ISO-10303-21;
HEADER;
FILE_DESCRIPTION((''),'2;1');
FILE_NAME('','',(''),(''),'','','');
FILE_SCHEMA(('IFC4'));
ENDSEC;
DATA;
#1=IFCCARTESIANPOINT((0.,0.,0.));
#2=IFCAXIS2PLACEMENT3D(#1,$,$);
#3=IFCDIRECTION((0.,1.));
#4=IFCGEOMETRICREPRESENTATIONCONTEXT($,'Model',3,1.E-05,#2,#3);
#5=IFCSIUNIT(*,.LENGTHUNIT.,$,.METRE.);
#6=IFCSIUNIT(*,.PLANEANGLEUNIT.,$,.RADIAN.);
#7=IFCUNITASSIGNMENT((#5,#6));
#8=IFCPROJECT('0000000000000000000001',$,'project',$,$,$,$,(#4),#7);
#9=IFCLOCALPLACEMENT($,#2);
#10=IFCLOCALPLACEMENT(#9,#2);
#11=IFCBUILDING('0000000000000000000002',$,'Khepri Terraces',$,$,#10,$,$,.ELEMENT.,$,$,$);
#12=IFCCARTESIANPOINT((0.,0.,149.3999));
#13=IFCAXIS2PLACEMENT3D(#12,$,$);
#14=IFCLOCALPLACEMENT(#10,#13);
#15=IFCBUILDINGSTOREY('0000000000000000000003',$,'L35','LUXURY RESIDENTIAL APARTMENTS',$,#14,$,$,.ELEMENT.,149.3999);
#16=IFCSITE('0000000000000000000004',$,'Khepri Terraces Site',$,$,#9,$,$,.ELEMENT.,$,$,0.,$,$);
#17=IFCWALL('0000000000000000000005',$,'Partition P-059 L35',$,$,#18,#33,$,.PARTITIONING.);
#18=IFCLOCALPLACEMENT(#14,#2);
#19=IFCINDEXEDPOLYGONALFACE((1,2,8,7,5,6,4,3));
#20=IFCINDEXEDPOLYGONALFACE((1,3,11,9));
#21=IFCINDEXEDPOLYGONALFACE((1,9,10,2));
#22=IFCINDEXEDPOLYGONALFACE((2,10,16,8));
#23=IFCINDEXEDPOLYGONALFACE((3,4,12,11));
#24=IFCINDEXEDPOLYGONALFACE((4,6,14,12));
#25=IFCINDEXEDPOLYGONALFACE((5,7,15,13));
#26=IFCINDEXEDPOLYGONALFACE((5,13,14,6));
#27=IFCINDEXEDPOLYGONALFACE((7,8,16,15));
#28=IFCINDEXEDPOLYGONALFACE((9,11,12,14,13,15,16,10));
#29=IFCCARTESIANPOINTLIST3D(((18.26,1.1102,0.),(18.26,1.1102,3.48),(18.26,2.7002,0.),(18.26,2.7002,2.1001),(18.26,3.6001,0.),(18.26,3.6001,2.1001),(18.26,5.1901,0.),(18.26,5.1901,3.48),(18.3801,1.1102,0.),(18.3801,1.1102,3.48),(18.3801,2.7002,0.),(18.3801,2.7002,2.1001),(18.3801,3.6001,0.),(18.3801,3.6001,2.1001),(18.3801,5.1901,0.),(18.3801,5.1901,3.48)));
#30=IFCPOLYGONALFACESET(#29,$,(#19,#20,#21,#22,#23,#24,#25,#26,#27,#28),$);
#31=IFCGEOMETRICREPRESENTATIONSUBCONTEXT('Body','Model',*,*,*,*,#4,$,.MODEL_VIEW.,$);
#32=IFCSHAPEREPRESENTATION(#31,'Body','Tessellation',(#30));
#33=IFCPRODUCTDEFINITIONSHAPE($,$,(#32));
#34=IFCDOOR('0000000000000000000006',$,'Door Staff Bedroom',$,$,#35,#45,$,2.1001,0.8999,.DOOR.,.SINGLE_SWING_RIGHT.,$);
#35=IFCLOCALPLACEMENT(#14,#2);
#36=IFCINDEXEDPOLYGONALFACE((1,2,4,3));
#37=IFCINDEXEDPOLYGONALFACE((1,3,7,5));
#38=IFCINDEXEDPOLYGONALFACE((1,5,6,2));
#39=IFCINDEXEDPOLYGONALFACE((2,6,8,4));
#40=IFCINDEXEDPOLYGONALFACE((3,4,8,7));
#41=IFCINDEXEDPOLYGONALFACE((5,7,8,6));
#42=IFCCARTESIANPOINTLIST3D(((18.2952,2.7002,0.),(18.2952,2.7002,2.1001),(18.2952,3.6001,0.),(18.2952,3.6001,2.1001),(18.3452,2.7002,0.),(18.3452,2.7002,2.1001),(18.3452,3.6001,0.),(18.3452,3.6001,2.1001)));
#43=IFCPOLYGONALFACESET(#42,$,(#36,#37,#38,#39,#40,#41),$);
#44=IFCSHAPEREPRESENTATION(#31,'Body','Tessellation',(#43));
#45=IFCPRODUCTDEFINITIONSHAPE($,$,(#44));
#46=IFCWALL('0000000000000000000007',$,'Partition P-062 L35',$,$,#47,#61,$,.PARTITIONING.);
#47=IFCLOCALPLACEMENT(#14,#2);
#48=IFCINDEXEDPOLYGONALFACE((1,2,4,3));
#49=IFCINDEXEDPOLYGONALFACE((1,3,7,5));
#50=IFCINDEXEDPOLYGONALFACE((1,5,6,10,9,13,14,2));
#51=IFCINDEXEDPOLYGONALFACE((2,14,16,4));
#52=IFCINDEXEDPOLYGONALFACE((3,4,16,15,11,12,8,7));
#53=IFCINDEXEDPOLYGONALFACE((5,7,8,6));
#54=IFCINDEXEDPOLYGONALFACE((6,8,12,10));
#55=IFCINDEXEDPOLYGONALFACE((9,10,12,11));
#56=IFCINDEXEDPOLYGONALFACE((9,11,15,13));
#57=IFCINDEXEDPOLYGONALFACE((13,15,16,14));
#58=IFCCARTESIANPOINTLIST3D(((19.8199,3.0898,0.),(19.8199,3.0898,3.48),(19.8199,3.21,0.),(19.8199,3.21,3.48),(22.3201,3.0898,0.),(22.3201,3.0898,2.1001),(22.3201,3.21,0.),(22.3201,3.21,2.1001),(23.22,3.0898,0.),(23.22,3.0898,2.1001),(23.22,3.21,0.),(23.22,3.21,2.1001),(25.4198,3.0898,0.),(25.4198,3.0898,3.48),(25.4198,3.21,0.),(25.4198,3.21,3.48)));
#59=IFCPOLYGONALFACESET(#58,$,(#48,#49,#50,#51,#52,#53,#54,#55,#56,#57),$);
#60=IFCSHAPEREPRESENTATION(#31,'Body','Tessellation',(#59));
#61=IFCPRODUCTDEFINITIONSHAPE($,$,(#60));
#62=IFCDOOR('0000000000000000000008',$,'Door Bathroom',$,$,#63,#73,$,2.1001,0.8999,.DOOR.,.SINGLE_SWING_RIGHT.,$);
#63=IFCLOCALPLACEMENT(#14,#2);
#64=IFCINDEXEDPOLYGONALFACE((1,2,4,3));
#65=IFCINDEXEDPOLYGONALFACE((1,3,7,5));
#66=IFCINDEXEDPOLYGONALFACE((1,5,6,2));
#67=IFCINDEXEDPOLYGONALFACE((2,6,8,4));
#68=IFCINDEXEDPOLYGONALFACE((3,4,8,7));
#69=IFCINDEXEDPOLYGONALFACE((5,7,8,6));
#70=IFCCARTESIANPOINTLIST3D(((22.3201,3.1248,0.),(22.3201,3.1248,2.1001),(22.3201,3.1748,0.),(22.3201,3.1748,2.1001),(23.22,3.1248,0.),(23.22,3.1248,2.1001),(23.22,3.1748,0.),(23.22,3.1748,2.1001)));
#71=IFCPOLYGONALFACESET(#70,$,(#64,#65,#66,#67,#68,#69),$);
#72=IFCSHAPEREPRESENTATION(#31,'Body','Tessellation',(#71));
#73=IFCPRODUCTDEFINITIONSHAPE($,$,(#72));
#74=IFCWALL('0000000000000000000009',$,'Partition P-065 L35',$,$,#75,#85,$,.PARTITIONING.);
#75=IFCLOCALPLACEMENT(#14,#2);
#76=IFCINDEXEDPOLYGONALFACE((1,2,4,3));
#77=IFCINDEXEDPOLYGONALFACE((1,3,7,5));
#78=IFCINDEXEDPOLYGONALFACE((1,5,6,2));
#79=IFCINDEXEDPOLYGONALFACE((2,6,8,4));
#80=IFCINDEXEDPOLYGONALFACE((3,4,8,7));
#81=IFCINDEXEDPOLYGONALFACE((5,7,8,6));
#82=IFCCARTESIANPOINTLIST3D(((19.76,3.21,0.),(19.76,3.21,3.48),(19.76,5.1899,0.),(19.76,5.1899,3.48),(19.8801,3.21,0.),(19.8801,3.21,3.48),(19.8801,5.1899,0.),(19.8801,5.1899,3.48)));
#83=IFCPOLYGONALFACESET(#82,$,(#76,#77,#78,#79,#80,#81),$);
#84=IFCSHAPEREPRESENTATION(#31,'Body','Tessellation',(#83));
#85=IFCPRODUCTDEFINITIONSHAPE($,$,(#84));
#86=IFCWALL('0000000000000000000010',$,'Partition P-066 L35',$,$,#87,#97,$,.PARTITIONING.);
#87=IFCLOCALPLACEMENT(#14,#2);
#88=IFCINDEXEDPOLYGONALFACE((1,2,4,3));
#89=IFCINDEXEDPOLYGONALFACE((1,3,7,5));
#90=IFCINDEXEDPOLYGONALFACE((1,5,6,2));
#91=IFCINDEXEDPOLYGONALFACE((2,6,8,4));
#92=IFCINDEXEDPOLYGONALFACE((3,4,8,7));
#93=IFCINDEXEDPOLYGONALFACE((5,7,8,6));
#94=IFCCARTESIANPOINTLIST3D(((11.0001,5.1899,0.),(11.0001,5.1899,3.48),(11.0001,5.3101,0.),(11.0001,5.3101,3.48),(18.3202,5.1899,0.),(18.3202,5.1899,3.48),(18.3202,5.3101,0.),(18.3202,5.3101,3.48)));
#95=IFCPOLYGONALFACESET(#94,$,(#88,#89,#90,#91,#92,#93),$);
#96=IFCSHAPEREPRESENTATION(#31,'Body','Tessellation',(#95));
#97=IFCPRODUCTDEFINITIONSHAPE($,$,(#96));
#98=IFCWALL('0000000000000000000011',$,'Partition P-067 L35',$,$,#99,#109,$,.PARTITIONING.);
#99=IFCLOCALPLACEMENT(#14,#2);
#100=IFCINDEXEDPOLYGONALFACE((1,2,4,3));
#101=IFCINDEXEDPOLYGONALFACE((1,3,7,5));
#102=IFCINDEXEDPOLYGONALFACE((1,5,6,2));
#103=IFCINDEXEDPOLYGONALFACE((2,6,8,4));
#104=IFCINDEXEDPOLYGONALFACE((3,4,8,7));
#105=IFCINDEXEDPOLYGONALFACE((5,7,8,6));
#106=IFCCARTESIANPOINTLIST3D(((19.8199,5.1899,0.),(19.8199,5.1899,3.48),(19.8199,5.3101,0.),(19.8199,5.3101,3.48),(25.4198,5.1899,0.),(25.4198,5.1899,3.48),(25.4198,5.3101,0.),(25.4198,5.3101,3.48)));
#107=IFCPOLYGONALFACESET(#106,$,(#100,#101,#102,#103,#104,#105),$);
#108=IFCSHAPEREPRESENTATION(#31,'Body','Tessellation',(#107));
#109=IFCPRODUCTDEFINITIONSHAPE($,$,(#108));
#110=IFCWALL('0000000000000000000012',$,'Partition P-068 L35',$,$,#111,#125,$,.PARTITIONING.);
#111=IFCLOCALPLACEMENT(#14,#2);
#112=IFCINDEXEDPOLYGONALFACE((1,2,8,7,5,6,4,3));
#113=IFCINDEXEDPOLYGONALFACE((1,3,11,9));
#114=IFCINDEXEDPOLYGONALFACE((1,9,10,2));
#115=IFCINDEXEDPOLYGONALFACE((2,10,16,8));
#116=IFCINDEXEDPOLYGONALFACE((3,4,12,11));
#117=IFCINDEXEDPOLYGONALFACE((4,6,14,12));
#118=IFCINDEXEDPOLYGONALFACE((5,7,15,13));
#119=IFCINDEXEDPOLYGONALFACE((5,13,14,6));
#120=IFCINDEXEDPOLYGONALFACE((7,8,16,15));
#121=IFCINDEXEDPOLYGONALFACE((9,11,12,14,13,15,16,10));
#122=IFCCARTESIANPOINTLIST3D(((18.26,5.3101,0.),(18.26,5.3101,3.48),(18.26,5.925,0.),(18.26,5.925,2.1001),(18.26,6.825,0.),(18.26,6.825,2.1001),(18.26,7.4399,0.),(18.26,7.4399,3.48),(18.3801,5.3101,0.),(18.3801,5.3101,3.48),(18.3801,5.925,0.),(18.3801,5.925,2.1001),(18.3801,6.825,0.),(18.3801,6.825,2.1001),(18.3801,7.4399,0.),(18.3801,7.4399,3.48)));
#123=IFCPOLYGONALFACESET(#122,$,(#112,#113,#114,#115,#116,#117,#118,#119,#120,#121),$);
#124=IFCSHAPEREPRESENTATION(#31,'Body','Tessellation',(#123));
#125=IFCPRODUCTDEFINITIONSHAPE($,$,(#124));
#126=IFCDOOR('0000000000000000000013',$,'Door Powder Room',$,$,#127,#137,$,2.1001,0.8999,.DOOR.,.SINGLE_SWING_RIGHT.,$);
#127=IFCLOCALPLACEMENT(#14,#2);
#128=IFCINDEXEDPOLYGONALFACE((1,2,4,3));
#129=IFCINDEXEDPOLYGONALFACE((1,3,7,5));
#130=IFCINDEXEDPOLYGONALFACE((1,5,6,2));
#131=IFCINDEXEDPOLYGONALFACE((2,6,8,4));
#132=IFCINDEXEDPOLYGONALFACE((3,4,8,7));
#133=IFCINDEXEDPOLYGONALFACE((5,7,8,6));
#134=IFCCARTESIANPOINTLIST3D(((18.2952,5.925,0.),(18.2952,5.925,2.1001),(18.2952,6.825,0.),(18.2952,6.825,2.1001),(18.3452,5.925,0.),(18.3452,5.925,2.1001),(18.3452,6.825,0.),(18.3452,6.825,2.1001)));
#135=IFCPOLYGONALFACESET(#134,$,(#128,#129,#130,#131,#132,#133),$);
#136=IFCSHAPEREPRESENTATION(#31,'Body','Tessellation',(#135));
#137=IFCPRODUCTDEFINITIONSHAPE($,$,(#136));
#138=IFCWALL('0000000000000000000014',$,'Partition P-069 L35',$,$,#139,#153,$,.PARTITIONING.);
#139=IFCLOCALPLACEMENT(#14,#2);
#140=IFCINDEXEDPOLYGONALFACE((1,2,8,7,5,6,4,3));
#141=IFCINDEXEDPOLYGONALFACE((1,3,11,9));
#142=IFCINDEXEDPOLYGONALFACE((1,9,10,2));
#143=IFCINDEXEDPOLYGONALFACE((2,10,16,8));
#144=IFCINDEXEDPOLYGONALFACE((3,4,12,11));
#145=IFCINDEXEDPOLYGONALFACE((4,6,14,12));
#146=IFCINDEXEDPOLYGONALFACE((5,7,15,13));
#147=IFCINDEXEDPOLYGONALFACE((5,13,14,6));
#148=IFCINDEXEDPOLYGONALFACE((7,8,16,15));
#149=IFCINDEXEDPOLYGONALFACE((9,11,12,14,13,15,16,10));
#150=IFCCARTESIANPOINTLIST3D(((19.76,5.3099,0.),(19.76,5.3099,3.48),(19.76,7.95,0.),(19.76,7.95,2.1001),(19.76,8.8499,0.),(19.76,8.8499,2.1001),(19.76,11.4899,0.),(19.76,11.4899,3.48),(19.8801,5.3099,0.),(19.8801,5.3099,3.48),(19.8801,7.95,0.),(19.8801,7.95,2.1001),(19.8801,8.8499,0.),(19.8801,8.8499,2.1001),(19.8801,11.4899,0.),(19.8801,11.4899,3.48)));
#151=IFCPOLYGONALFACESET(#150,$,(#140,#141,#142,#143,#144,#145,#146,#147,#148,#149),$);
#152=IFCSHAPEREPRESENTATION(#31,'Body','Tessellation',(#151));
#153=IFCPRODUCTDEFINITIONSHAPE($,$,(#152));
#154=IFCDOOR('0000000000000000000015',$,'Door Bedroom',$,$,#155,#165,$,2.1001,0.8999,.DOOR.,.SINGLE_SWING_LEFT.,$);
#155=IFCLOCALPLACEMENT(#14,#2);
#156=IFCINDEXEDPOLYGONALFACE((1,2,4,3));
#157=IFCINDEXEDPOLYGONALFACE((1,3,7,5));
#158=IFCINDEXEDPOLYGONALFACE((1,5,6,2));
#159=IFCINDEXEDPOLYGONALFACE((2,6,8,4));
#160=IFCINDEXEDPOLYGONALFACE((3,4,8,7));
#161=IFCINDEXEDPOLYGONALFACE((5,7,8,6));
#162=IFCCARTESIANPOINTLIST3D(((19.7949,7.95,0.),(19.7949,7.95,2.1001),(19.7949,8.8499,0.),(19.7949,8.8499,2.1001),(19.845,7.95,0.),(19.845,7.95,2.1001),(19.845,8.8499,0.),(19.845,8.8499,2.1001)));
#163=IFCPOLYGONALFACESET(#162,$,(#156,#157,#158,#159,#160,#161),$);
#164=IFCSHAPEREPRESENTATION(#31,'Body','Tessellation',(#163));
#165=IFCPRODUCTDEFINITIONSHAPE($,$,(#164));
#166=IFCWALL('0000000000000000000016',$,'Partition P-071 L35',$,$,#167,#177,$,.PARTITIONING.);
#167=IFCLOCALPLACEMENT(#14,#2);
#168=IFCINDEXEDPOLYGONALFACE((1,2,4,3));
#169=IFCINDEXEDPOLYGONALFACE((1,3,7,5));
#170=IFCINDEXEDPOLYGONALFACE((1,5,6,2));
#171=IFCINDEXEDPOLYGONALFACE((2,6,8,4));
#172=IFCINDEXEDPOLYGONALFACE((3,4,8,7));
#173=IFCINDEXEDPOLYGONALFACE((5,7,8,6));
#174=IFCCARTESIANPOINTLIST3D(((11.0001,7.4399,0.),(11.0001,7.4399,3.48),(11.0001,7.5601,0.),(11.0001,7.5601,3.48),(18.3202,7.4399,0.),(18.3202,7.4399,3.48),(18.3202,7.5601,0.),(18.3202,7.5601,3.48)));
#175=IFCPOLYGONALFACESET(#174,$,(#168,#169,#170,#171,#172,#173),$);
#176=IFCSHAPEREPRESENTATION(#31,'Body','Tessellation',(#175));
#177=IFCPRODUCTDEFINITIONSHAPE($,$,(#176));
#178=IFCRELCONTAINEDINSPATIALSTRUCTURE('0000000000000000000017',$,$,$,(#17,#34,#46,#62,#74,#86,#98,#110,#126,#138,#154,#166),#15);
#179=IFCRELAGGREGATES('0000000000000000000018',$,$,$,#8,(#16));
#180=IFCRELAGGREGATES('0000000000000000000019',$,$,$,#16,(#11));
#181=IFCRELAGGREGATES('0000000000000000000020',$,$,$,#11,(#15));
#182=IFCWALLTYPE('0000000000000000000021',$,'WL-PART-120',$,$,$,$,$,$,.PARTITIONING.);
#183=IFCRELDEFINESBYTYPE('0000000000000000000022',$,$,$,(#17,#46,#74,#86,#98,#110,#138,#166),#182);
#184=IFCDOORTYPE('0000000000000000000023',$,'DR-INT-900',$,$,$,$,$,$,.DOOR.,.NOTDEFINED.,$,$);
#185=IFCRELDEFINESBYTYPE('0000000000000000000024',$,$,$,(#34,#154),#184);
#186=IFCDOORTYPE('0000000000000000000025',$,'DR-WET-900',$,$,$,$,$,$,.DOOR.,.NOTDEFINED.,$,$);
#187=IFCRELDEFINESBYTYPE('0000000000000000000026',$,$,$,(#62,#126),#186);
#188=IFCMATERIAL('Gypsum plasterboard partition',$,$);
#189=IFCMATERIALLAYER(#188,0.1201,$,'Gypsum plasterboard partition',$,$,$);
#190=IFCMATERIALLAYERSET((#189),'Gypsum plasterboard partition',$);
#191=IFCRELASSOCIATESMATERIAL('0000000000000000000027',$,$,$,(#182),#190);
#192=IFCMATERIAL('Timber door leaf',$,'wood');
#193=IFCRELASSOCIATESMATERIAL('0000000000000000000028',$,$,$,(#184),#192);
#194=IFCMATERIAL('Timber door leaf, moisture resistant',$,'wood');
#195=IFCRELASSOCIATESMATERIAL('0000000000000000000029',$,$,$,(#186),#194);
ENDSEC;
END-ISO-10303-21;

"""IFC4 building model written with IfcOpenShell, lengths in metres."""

from ifc_helpers import new_model, si_unit, direction, frame, frame_2d, origin, place, context, subcontext, project, spatial, rectangle, extrude, material, layer, layer_set, type_object, element, fill, save


model = new_model("IFC4")

# Units and contexts
model_context = context("Model", 3, precision=1e-05, world=origin(), true_north=direction((0.0, 1.0)))
body_context = subcontext(model_context, "Body", "Model", "MODEL_VIEW")
ifc_project = project(units=[si_unit("LENGTHUNIT", "METRE"), si_unit("PLANEANGLEUNIT", "RADIAN")], contexts=[model_context])

# Site, building, storey
site_placement = place(None, origin())
site = spatial("IfcSite", under=ifc_project, at=site_placement, Name="Khepri Terraces Site", CompositionType="ELEMENT", RefElevation=0.0)
building_placement = place(site_placement, origin())
building = spatial("IfcBuilding", under=site, at=building_placement, Name="Khepri Terraces", CompositionType="ELEMENT")
storey_placement = place(building_placement, frame((0.0, 0.0, 149.3999)))
storey = spatial("IfcBuildingStorey", under=building, at=storey_placement, Name="L35", Description="LUXURY RESIDENTIAL APARTMENTS", CompositionType="ELEMENT", Elevation=149.3999)

# Shared definitions
ifc_material_1 = material(Name="Gypsum plasterboard partition")
ifc_layer_1 = layer(ifc_material_1, 0.1201, Name="Gypsum plasterboard partition")
ifc_layer_set_1 = layer_set([ifc_layer_1], Name="Gypsum plasterboard partition")
wall_type_1 = type_object("IfcWallType", Name="WL-PART-120", PredefinedType="PARTITIONING", material=ifc_layer_set_1)

# Walls, openings, doors
wall_1_placement = place(storey_placement, frame((18.3201, 1.1101, 0.0), z_axis=(0.0, 0.0, 1.0), x_axis=(0.0, 1.0, 0.0)))
wall_1 = element("IfcWall", 1, at=wall_1_placement, inside=storey, type_object=wall_type_1, Name="Partition P-059 L35", PredefinedType="PARTITIONING", context=body_context, shape_type="SweptSolid", body=[
    extrude(rectangle(XDim=4.0798, YDim=0.1201, at=frame_2d((2.04, 0.0))), origin(), (0.0, 0.0, 1.0), 3.48),
])
opening_1_placement = place(wall_1_placement, frame((1.5901, 0.0, 0.0)))
opening_1 = element("IfcOpeningElement", 2, at=opening_1_placement, cuts=wall_1, PredefinedType="OPENING", context=body_context, shape_type="SweptSolid", body=[
    extrude(rectangle(XDim=0.8999, YDim=2.1001, at=frame_2d((0.45, 1.05))), frame((0.0, 0.0701, 0.0), z_axis=(0.0, -1.0, 0.0), x_axis=(1.0, 0.0, 0.0)), (0.0, 0.0, 1.0), 0.1401),
])
ifc_material_2 = material(Name="Timber door leaf", Category="wood")
door_type_1 = type_object("IfcDoorType", Name="DR-INT-900", OperationType="NOTDEFINED", PredefinedType="DOOR", material=ifc_material_2)
door_1_placement = place(opening_1_placement, origin())
door_1 = element("IfcDoor", 3, at=door_1_placement, inside=storey, type_object=door_type_1, Name="Door Staff Bedroom", OperationType="SINGLE_SWING_RIGHT", OverallHeight=2.1001, OverallWidth=0.8999, PredefinedType="DOOR", context=body_context, shape_type="SweptSolid", body=[
    extrude(rectangle(XDim=0.8999, YDim=2.1001, at=frame_2d((0.45, 1.05))), frame((0.0, 0.0249, 0.0), z_axis=(0.0, -1.0, 0.0), x_axis=(1.0, 0.0, 0.0)), (0.0, 0.0, 1.0), 0.05),
])
fill(opening_1, door_1)
wall_2_placement = place(storey_placement, frame((19.8201, 3.1499, 0.0), z_axis=(0.0, 0.0, 1.0), x_axis=(1.0, 0.0, 0.0)))
wall_2 = element("IfcWall", 4, at=wall_2_placement, inside=storey, type_object=wall_type_1, Name="Partition P-062 L35", PredefinedType="PARTITIONING", context=body_context, shape_type="SweptSolid", body=[
    extrude(rectangle(XDim=5.5999, YDim=0.1201, at=frame_2d((2.7998, 0.0))), origin(), (0.0, 0.0, 1.0), 3.48),
])
opening_2_placement = place(wall_2_placement, frame((2.5, 0.0, 0.0)))
opening_2 = element("IfcOpeningElement", 5, at=opening_2_placement, cuts=wall_2, PredefinedType="OPENING", context=body_context, shape_type="SweptSolid", body=[
    extrude(rectangle(XDim=0.8999, YDim=2.1001, at=frame_2d((0.45, 1.05))), frame((0.0, 0.0701, 0.0), z_axis=(0.0, -1.0, 0.0), x_axis=(1.0, 0.0, 0.0)), (0.0, 0.0, 1.0), 0.1401),
])
ifc_material_3 = material(Name="Timber door leaf, moisture resistant", Category="wood")
door_type_2 = type_object("IfcDoorType", Name="DR-WET-900", OperationType="NOTDEFINED", PredefinedType="DOOR", material=ifc_material_3)
door_2_placement = place(opening_2_placement, origin())
door_2 = element("IfcDoor", 6, at=door_2_placement, inside=storey, type_object=door_type_2, Name="Door Bathroom", OperationType="SINGLE_SWING_RIGHT", OverallHeight=2.1001, OverallWidth=0.8999, PredefinedType="DOOR", context=body_context, shape_type="SweptSolid", body=[
    extrude(rectangle(XDim=0.8999, YDim=2.1001, at=frame_2d((0.45, 1.05))), frame((0.0, 0.0249, 0.0), z_axis=(0.0, -1.0, 0.0), x_axis=(1.0, 0.0, 0.0)), (0.0, 0.0, 1.0), 0.05),
])
fill(opening_2, door_2)

# Walls
wall_3_placement = place(storey_placement, frame((19.8201, 3.21, 0.0), z_axis=(0.0, 0.0, 1.0), x_axis=(0.0, 1.0, 0.0)))
element("IfcWall", 7, at=wall_3_placement, inside=storey, type_object=wall_type_1, Name="Partition P-065 L35", PredefinedType="PARTITIONING", context=body_context, shape_type="SweptSolid", body=[
    extrude(rectangle(XDim=1.98, YDim=0.1201, at=frame_2d((0.99, 0.0))), origin(), (0.0, 0.0, 1.0), 3.48),
])
wall_4_placement = place(storey_placement, frame((11.0, 5.25, 0.0), z_axis=(0.0, 0.0, 1.0), x_axis=(1.0, 0.0, 0.0)))
element("IfcWall", 8, at=wall_4_placement, inside=storey, type_object=wall_type_1, Name="Partition P-066 L35", PredefinedType="PARTITIONING", context=body_context, shape_type="SweptSolid", body=[
    extrude(rectangle(XDim=7.3201, YDim=0.1201, at=frame_2d((3.6602, 0.0))), origin(), (0.0, 0.0, 1.0), 3.48),
])
wall_5_placement = place(storey_placement, frame((19.8201, 5.25, 0.0), z_axis=(0.0, 0.0, 1.0), x_axis=(1.0, 0.0, 0.0)))
element("IfcWall", 9, at=wall_5_placement, inside=storey, type_object=wall_type_1, Name="Partition P-067 L35", PredefinedType="PARTITIONING", context=body_context, shape_type="SweptSolid", body=[
    extrude(rectangle(XDim=5.5999, YDim=0.1201, at=frame_2d((2.7998, 0.0))), origin(), (0.0, 0.0, 1.0), 3.48),
])

# Walls, openings, doors
wall_6_placement = place(storey_placement, frame((18.3201, 5.3101, 0.0), z_axis=(0.0, 0.0, 1.0), x_axis=(0.0, 1.0, 0.0)))
wall_6 = element("IfcWall", 10, at=wall_6_placement, inside=storey, type_object=wall_type_1, Name="Partition P-068 L35", PredefinedType="PARTITIONING", context=body_context, shape_type="SweptSolid", body=[
    extrude(rectangle(XDim=2.1299, YDim=0.1201, at=frame_2d((1.0649, 0.0))), origin(), (0.0, 0.0, 1.0), 3.48),
])
opening_3_placement = place(wall_6_placement, frame((0.615, 0.0, 0.0)))
opening_3 = element("IfcOpeningElement", 11, at=opening_3_placement, cuts=wall_6, PredefinedType="OPENING", context=body_context, shape_type="SweptSolid", body=[
    extrude(rectangle(XDim=0.8999, YDim=2.1001, at=frame_2d((0.45, 1.05))), frame((0.0, 0.0701, 0.0), z_axis=(0.0, -1.0, 0.0), x_axis=(1.0, 0.0, 0.0)), (0.0, 0.0, 1.0), 0.1401),
])
door_3_placement = place(opening_3_placement, origin())
door_3 = element("IfcDoor", 12, at=door_3_placement, inside=storey, type_object=door_type_2, Name="Door Powder Room", OperationType="SINGLE_SWING_RIGHT", OverallHeight=2.1001, OverallWidth=0.8999, PredefinedType="DOOR", context=body_context, shape_type="SweptSolid", body=[
    extrude(rectangle(XDim=0.8999, YDim=2.1001, at=frame_2d((0.45, 1.05))), frame((0.0, 0.0249, 0.0), z_axis=(0.0, -1.0, 0.0), x_axis=(1.0, 0.0, 0.0)), (0.0, 0.0, 1.0), 0.05),
])
fill(opening_3, door_3)
wall_7_placement = place(storey_placement, frame((19.8201, 5.3101, 0.0), z_axis=(0.0, 0.0, 1.0), x_axis=(0.0, 1.0, 0.0)))
wall_7 = element("IfcWall", 13, at=wall_7_placement, inside=storey, type_object=wall_type_1, Name="Partition P-069 L35", PredefinedType="PARTITIONING", context=body_context, shape_type="SweptSolid", body=[
    extrude(rectangle(XDim=6.1799, YDim=0.1201, at=frame_2d((3.0898, 0.0))), origin(), (0.0, 0.0, 1.0), 3.48),
])
opening_4_placement = place(wall_7_placement, frame((2.6399, 0.0, 0.0)))
opening_4 = element("IfcOpeningElement", 14, at=opening_4_placement, cuts=wall_7, PredefinedType="OPENING", context=body_context, shape_type="SweptSolid", body=[
    extrude(rectangle(XDim=0.8999, YDim=2.1001, at=frame_2d((0.45, 1.05))), frame((0.0, 0.0701, 0.0), z_axis=(0.0, -1.0, 0.0), x_axis=(1.0, 0.0, 0.0)), (0.0, 0.0, 1.0), 0.1401),
])
door_4_placement = place(opening_4_placement, frame((0.8999, 0.0, 0.0), z_axis=(0.0, 0.0, 1.0), x_axis=(-1.0, 0.0, 0.0)))
door_4 = element("IfcDoor", 15, at=door_4_placement, inside=storey, type_object=door_type_1, Name="Door Bedroom", OperationType="SINGLE_SWING_LEFT", OverallHeight=2.1001, OverallWidth=0.8999, PredefinedType="DOOR", context=body_context, shape_type="SweptSolid", body=[
    extrude(rectangle(XDim=0.8999, YDim=2.1001, at=frame_2d((0.45, 1.05))), frame((0.0, 0.0249, 0.0), z_axis=(0.0, -1.0, 0.0), x_axis=(1.0, 0.0, 0.0)), (0.0, 0.0, 1.0), 0.05),
])
fill(opening_4, door_4)

# Wall
wall_8_placement = place(storey_placement, frame((11.0, 7.5, 0.0), z_axis=(0.0, 0.0, 1.0), x_axis=(1.0, 0.0, 0.0)))
element("IfcWall", 16, at=wall_8_placement, inside=storey, type_object=wall_type_1, Name="Partition P-071 L35", PredefinedType="PARTITIONING", context=body_context, shape_type="SweptSolid", body=[
    extrude(rectangle(XDim=7.3201, YDim=0.1201, at=frame_2d((3.6602, 0.0))), origin(), (0.0, 0.0, 1.0), 3.48),
])

save(model, "model.ifc")
